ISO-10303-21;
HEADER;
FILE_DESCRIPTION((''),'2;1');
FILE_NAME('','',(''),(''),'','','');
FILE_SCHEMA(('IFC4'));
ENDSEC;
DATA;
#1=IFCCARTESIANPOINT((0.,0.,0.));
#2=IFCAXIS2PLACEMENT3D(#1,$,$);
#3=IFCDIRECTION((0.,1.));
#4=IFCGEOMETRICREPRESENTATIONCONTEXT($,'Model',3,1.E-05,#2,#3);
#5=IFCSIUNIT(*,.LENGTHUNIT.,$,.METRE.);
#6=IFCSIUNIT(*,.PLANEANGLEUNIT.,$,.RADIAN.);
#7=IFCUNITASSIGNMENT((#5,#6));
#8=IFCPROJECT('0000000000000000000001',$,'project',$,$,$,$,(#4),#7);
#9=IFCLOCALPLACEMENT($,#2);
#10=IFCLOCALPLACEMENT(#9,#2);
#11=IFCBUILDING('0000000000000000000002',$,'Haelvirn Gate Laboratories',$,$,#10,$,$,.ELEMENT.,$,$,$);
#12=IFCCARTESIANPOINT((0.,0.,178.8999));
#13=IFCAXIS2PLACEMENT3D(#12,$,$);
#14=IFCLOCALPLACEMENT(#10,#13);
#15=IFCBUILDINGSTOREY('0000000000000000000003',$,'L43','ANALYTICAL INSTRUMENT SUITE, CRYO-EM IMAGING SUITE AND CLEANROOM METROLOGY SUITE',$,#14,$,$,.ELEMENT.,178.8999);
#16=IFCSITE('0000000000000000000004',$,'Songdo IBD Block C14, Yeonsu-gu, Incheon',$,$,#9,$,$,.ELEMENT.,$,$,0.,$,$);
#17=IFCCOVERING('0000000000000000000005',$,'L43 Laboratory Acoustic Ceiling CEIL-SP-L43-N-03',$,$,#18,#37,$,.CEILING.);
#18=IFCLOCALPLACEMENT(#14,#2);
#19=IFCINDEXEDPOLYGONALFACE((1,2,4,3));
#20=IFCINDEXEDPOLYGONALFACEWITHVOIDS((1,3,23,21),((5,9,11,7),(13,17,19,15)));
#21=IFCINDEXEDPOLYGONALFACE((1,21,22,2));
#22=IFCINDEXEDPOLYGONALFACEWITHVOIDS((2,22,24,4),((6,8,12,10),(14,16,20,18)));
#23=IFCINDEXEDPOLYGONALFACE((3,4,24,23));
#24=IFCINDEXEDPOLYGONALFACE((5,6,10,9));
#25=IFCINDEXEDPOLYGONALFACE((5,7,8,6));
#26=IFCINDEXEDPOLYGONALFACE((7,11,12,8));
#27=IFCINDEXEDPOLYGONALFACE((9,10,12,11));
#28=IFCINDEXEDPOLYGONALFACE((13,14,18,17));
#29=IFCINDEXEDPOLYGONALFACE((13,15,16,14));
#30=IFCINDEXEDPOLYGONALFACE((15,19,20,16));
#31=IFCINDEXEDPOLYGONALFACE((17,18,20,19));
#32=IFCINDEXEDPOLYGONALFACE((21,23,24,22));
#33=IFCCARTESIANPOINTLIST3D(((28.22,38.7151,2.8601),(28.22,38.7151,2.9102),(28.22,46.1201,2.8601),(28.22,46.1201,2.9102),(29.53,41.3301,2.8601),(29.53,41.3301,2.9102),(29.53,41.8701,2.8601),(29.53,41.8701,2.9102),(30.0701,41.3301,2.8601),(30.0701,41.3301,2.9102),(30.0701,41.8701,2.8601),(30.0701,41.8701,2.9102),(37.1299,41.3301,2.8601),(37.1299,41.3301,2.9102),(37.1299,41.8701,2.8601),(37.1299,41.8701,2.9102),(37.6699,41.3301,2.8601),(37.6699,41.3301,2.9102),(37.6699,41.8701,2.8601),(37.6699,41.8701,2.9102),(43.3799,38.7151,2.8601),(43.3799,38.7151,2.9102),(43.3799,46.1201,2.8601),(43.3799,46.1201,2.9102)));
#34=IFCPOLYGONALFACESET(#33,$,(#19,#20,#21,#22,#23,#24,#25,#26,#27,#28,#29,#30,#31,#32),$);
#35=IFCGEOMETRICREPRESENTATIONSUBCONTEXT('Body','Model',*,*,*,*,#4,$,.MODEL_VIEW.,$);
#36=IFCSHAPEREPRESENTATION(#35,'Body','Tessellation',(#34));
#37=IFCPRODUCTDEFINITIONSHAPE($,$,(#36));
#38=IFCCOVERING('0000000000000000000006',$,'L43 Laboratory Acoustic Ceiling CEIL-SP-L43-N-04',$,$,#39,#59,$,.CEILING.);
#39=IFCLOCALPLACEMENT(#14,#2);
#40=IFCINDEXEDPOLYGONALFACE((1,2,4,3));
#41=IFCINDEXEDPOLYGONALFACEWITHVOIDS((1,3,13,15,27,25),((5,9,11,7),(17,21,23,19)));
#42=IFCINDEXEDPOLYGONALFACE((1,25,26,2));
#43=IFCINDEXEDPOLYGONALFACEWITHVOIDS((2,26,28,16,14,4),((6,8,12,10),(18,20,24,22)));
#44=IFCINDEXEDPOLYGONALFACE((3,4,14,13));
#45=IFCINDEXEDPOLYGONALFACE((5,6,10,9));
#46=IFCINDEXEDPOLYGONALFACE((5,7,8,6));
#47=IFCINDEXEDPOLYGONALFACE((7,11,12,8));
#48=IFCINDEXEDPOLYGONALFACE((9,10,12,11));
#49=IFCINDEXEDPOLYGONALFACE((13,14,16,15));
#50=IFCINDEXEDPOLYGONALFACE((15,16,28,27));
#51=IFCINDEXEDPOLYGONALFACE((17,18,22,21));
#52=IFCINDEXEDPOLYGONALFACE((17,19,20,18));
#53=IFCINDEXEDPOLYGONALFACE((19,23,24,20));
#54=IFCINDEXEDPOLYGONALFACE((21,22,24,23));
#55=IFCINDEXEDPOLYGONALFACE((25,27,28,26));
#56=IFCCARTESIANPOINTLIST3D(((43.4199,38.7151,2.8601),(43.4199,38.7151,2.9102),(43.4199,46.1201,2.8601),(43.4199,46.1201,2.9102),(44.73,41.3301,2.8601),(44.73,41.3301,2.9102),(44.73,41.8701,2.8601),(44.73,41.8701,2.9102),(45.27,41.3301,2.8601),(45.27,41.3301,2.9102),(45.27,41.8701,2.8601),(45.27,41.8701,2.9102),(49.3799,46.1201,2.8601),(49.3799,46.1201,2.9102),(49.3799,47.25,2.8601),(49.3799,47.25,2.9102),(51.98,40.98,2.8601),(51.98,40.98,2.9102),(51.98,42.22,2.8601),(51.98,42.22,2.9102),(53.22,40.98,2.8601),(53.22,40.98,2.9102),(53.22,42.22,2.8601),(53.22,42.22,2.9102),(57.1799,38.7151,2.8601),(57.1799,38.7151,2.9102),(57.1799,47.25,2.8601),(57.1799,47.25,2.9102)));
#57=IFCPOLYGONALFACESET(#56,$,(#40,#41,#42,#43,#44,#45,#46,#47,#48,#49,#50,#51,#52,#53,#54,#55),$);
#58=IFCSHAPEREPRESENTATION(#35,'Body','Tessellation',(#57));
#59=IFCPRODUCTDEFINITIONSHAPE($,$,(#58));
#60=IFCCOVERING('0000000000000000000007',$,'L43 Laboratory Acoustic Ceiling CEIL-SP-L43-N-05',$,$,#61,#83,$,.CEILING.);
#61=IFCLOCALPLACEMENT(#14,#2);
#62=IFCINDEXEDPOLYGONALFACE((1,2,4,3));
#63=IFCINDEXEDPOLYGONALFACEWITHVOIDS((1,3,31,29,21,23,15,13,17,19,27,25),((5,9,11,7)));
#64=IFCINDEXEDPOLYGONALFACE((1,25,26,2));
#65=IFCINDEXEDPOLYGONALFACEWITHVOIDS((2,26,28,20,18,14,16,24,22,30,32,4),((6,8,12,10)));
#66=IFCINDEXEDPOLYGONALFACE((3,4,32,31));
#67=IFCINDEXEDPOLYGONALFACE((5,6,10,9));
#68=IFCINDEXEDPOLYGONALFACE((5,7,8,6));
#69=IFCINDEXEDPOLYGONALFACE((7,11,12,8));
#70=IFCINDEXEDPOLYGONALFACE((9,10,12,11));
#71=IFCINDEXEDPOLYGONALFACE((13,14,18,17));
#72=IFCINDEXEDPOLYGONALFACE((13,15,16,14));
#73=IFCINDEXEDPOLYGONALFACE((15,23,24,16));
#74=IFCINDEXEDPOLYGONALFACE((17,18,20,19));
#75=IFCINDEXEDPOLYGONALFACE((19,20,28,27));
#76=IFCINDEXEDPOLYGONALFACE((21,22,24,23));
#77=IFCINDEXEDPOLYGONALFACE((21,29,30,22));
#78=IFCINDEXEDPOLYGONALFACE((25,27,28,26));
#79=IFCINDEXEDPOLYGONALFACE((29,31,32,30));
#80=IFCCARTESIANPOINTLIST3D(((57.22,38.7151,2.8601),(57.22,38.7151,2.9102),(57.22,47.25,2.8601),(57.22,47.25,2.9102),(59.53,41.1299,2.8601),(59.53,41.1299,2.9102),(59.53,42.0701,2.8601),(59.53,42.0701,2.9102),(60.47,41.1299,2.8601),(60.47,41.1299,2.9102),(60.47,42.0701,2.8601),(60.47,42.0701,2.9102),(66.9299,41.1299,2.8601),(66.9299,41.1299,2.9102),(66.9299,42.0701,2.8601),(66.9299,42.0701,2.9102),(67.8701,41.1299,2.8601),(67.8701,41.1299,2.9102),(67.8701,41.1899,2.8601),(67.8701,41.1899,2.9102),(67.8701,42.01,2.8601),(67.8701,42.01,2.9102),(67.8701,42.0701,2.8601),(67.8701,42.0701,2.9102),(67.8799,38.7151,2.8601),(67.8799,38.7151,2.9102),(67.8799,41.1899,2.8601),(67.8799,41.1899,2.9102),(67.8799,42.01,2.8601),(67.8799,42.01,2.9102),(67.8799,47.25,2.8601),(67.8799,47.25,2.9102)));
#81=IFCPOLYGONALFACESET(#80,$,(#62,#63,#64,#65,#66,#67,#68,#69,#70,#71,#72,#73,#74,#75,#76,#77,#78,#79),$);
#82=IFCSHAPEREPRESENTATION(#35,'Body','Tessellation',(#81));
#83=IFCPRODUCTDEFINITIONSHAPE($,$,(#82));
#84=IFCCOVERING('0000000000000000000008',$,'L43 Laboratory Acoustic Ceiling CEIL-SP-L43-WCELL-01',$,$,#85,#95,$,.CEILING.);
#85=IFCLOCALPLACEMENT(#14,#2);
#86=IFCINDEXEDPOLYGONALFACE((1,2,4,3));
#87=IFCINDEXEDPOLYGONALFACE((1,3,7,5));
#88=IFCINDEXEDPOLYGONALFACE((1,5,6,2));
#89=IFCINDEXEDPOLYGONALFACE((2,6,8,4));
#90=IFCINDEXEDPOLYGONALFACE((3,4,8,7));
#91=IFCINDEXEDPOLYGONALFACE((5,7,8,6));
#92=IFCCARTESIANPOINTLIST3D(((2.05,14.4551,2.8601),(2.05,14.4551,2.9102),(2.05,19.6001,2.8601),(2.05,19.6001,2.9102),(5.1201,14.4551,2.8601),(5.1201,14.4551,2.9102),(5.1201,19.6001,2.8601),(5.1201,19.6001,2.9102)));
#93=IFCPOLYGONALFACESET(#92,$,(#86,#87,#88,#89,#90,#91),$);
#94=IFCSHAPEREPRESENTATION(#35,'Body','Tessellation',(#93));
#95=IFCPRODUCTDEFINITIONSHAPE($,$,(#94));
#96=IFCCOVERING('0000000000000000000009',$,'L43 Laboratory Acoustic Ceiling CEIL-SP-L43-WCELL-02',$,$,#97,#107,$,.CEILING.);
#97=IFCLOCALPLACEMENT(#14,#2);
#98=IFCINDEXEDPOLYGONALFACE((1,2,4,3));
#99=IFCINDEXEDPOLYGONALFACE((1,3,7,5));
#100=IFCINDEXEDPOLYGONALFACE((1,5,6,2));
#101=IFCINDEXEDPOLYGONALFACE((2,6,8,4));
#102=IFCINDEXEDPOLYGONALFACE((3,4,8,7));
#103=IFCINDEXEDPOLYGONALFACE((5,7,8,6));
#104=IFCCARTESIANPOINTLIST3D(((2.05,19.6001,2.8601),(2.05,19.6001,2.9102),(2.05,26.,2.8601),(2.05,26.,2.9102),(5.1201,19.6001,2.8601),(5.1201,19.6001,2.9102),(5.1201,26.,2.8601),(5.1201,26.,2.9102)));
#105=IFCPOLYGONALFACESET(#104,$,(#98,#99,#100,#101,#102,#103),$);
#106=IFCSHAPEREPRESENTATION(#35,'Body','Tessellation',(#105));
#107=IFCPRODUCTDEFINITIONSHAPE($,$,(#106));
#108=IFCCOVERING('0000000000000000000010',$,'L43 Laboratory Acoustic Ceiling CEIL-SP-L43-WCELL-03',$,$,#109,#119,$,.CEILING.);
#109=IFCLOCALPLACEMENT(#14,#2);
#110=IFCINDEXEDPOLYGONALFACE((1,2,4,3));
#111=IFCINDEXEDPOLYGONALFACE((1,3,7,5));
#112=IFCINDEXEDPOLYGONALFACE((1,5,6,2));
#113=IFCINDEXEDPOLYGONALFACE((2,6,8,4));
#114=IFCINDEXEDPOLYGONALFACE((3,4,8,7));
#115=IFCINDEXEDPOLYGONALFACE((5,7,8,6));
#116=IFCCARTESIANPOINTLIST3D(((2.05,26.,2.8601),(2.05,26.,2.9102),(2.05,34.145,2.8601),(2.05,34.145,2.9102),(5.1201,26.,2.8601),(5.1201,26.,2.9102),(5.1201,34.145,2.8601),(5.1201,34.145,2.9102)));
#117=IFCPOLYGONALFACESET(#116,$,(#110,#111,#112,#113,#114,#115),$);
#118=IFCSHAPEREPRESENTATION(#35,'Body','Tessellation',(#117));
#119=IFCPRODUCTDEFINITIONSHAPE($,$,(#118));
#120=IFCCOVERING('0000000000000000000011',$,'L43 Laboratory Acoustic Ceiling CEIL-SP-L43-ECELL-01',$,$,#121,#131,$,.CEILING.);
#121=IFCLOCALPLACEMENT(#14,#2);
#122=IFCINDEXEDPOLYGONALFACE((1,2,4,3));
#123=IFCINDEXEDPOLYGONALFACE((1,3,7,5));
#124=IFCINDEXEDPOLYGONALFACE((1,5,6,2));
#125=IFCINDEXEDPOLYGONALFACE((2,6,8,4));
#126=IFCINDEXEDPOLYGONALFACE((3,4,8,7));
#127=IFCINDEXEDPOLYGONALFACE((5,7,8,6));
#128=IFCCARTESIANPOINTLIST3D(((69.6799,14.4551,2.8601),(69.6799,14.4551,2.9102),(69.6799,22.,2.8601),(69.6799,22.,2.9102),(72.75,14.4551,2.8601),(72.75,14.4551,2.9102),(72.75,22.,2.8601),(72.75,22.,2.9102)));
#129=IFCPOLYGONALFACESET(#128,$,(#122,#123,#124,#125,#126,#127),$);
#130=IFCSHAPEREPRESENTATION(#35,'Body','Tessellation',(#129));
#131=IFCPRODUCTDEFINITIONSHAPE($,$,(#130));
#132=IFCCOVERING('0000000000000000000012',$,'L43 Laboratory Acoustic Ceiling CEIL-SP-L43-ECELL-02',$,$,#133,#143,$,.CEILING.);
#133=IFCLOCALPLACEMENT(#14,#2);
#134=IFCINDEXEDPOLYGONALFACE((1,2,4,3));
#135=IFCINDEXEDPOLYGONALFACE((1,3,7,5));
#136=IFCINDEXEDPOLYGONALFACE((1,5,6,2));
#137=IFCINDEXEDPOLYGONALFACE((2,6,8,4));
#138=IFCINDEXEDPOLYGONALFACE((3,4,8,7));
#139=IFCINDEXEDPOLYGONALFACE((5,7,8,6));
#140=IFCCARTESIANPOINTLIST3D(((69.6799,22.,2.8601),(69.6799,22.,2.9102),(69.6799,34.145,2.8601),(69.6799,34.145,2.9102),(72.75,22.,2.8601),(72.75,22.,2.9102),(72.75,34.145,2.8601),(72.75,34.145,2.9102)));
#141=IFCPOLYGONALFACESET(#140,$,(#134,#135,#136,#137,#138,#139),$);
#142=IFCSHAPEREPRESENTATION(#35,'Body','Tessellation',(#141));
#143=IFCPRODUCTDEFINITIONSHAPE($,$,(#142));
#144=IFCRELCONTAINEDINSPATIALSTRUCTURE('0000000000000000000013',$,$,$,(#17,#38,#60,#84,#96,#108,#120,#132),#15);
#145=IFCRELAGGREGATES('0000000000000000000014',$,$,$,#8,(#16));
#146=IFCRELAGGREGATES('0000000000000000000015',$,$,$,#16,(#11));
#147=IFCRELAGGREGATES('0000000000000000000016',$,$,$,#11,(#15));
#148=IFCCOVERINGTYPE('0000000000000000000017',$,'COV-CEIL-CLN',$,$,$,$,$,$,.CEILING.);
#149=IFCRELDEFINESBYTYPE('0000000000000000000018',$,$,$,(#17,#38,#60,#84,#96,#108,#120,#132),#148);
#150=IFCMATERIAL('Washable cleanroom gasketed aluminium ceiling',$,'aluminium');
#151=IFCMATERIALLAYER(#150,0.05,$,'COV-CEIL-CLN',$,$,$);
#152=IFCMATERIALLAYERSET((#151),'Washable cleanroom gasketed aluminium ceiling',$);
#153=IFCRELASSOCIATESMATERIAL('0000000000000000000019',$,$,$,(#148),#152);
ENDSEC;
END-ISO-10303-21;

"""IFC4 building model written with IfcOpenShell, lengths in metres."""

from ifc_helpers import new_model, si_unit, direction, frame, origin, place, context, subcontext, project, spatial, polyline, outline, extrude, material, layer, layer_set, type_object, element, save


model = new_model("IFC4")

# Units and contexts
model_context = context("Model", 3, precision=1e-05, world=origin(), true_north=direction((0.0, 1.0)))
body_context = subcontext(model_context, "Body", "Model", "MODEL_VIEW")
ifc_project = project(units=[si_unit("LENGTHUNIT", "METRE"), si_unit("PLANEANGLEUNIT", "RADIAN")], contexts=[model_context])

# Site, building, storey
site_placement = place(None, origin())
site = spatial("IfcSite", under=ifc_project, at=site_placement, Name="Songdo IBD Block C14, Yeonsu-gu, Incheon", CompositionType="ELEMENT", RefElevation=0.0)
building_placement = place(site_placement, origin())
building = spatial("IfcBuilding", under=site, at=building_placement, Name="Haelvirn Gate Laboratories", CompositionType="ELEMENT")
storey_placement = place(building_placement, frame((0.0, 0.0, 178.8999)))
storey = spatial("IfcBuildingStorey", under=building, at=storey_placement, Name="L43", Description="ANALYTICAL INSTRUMENT SUITE, CRYO-EM IMAGING SUITE AND CLEANROOM METROLOGY SUITE", CompositionType="ELEMENT", Elevation=178.8999)

# Coverings
ifc_material_1 = material(Name="Washable cleanroom gasketed aluminium ceiling", Category="aluminium")
ifc_layer_1 = layer(ifc_material_1, 0.05, Name="COV-CEIL-CLN")
ifc_layer_set_1 = layer_set([ifc_layer_1], Name="Washable cleanroom gasketed aluminium ceiling")
covering_type = type_object("IfcCoveringType", Name="COV-CEIL-CLN", PredefinedType="CEILING", material=ifc_layer_set_1)
covering_1_placement = place(storey_placement, frame((0.0, 0.0, 2.8601)))
element("IfcCovering", 1, at=covering_1_placement, inside=storey, type_object=covering_type, Name="L43 Laboratory Acoustic Ceiling CEIL-SP-L43-N-03", PredefinedType="CEILING", context=body_context, shape_type="SweptSolid", body=[
    extrude(outline(polyline([(28.22, 38.7151), (28.22, 46.1201), (43.3799, 46.1201), (43.3799, 38.7151), (28.22, 38.7151)]), holes=[polyline([(29.53, 41.8701), (29.53, 41.3301), (30.0701, 41.3301), (30.0701, 41.8701), (29.53, 41.8701)]), polyline([(37.6699, 41.8701), (37.1299, 41.8701), (37.1299, 41.3301), (37.6699, 41.3301), (37.6699, 41.8701)])]), origin(), (0.0, 0.0, 1.0), 0.05),
])
covering_2_placement = place(storey_placement, frame((0.0, 0.0, 2.8601)))
element("IfcCovering", 2, at=covering_2_placement, inside=storey, type_object=covering_type, Name="L43 Laboratory Acoustic Ceiling CEIL-SP-L43-N-04", PredefinedType="CEILING", context=body_context, shape_type="SweptSolid", body=[
    extrude(outline(polyline([(49.3799, 47.25), (57.1799, 47.25), (57.1799, 38.7151), (43.4199, 38.7151), (43.4199, 46.1201), (49.3799, 46.1201), (49.3799, 47.25)]), holes=[polyline([(51.98, 42.22), (51.98, 40.98), (53.22, 40.98), (53.22, 42.22), (51.98, 42.22)]), polyline([(45.27, 41.8701), (44.73, 41.8701), (44.73, 41.3301), (45.27, 41.3301), (45.27, 41.8701)])]), origin(), (0.0, 0.0, 1.0), 0.05),
])
covering_3_placement = place(storey_placement, frame((0.0, 0.0, 2.8601)))
element("IfcCovering", 3, at=covering_3_placement, inside=storey, type_object=covering_type, Name="L43 Laboratory Acoustic Ceiling CEIL-SP-L43-N-05", PredefinedType="CEILING", context=body_context, shape_type="SweptSolid", body=[
    extrude(outline(polyline([(67.8799, 41.1899), (67.8799, 38.7151), (57.22, 38.7151), (57.22, 47.25), (67.8799, 47.25), (67.8799, 42.01), (67.8701, 42.01), (67.8701, 42.0701), (66.9299, 42.0701), (66.9299, 41.1299), (67.8701, 41.1299), (67.8701, 41.1899), (67.8799, 41.1899)]), holes=[polyline([(59.53, 42.0701), (59.53, 41.1299), (60.47, 41.1299), (60.47, 42.0701), (59.53, 42.0701)])]), origin(), (0.0, 0.0, 1.0), 0.05),
])
covering_4_placement = place(storey_placement, frame((0.0, 0.0, 2.8601)))
element("IfcCovering", 4, at=covering_4_placement, inside=storey, type_object=covering_type, Name="L43 Laboratory Acoustic Ceiling CEIL-SP-L43-WCELL-01", PredefinedType="CEILING", context=body_context, shape_type="SweptSolid", body=[
    extrude(outline(polyline([(2.05, 19.6001), (5.1201, 19.6001), (5.1201, 14.4551), (2.05, 14.4551), (2.05, 19.6001)])), origin(), (0.0, 0.0, 1.0), 0.05),
])
covering_5_placement = place(storey_placement, frame((0.0, 0.0, 2.8601)))
element("IfcCovering", 5, at=covering_5_placement, inside=storey, type_object=covering_type, Name="L43 Laboratory Acoustic Ceiling CEIL-SP-L43-WCELL-02", PredefinedType="CEILING", context=body_context, shape_type="SweptSolid", body=[
    extrude(outline(polyline([(2.05, 26.0), (5.1201, 26.0), (5.1201, 19.6001), (2.05, 19.6001), (2.05, 26.0)])), origin(), (0.0, 0.0, 1.0), 0.05),
])
covering_6_placement = place(storey_placement, frame((0.0, 0.0, 2.8601)))
element("IfcCovering", 6, at=covering_6_placement, inside=storey, type_object=covering_type, Name="L43 Laboratory Acoustic Ceiling CEIL-SP-L43-WCELL-03", PredefinedType="CEILING", context=body_context, shape_type="SweptSolid", body=[
    extrude(outline(polyline([(2.05, 34.145), (5.1201, 34.145), (5.1201, 26.0), (2.05, 26.0), (2.05, 34.145)])), origin(), (0.0, 0.0, 1.0), 0.05),
])
covering_7_placement = place(storey_placement, frame((0.0, 0.0, 2.8601)))
element("IfcCovering", 7, at=covering_7_placement, inside=storey, type_object=covering_type, Name="L43 Laboratory Acoustic Ceiling CEIL-SP-L43-ECELL-01", PredefinedType="CEILING", context=body_context, shape_type="SweptSolid", body=[
    extrude(outline(polyline([(69.6799, 22.0), (72.75, 22.0), (72.75, 14.4551), (69.6799, 14.4551), (69.6799, 22.0)])), origin(), (0.0, 0.0, 1.0), 0.05),
])
covering_8_placement = place(storey_placement, frame((0.0, 0.0, 2.8601)))
element("IfcCovering", 8, at=covering_8_placement, inside=storey, type_object=covering_type, Name="L43 Laboratory Acoustic Ceiling CEIL-SP-L43-ECELL-02", PredefinedType="CEILING", context=body_context, shape_type="SweptSolid", body=[
    extrude(outline(polyline([(69.6799, 34.145), (72.75, 34.145), (72.75, 22.0), (69.6799, 22.0), (69.6799, 34.145)])), origin(), (0.0, 0.0, 1.0), 0.05),
])

save(model, "model.ifc")
